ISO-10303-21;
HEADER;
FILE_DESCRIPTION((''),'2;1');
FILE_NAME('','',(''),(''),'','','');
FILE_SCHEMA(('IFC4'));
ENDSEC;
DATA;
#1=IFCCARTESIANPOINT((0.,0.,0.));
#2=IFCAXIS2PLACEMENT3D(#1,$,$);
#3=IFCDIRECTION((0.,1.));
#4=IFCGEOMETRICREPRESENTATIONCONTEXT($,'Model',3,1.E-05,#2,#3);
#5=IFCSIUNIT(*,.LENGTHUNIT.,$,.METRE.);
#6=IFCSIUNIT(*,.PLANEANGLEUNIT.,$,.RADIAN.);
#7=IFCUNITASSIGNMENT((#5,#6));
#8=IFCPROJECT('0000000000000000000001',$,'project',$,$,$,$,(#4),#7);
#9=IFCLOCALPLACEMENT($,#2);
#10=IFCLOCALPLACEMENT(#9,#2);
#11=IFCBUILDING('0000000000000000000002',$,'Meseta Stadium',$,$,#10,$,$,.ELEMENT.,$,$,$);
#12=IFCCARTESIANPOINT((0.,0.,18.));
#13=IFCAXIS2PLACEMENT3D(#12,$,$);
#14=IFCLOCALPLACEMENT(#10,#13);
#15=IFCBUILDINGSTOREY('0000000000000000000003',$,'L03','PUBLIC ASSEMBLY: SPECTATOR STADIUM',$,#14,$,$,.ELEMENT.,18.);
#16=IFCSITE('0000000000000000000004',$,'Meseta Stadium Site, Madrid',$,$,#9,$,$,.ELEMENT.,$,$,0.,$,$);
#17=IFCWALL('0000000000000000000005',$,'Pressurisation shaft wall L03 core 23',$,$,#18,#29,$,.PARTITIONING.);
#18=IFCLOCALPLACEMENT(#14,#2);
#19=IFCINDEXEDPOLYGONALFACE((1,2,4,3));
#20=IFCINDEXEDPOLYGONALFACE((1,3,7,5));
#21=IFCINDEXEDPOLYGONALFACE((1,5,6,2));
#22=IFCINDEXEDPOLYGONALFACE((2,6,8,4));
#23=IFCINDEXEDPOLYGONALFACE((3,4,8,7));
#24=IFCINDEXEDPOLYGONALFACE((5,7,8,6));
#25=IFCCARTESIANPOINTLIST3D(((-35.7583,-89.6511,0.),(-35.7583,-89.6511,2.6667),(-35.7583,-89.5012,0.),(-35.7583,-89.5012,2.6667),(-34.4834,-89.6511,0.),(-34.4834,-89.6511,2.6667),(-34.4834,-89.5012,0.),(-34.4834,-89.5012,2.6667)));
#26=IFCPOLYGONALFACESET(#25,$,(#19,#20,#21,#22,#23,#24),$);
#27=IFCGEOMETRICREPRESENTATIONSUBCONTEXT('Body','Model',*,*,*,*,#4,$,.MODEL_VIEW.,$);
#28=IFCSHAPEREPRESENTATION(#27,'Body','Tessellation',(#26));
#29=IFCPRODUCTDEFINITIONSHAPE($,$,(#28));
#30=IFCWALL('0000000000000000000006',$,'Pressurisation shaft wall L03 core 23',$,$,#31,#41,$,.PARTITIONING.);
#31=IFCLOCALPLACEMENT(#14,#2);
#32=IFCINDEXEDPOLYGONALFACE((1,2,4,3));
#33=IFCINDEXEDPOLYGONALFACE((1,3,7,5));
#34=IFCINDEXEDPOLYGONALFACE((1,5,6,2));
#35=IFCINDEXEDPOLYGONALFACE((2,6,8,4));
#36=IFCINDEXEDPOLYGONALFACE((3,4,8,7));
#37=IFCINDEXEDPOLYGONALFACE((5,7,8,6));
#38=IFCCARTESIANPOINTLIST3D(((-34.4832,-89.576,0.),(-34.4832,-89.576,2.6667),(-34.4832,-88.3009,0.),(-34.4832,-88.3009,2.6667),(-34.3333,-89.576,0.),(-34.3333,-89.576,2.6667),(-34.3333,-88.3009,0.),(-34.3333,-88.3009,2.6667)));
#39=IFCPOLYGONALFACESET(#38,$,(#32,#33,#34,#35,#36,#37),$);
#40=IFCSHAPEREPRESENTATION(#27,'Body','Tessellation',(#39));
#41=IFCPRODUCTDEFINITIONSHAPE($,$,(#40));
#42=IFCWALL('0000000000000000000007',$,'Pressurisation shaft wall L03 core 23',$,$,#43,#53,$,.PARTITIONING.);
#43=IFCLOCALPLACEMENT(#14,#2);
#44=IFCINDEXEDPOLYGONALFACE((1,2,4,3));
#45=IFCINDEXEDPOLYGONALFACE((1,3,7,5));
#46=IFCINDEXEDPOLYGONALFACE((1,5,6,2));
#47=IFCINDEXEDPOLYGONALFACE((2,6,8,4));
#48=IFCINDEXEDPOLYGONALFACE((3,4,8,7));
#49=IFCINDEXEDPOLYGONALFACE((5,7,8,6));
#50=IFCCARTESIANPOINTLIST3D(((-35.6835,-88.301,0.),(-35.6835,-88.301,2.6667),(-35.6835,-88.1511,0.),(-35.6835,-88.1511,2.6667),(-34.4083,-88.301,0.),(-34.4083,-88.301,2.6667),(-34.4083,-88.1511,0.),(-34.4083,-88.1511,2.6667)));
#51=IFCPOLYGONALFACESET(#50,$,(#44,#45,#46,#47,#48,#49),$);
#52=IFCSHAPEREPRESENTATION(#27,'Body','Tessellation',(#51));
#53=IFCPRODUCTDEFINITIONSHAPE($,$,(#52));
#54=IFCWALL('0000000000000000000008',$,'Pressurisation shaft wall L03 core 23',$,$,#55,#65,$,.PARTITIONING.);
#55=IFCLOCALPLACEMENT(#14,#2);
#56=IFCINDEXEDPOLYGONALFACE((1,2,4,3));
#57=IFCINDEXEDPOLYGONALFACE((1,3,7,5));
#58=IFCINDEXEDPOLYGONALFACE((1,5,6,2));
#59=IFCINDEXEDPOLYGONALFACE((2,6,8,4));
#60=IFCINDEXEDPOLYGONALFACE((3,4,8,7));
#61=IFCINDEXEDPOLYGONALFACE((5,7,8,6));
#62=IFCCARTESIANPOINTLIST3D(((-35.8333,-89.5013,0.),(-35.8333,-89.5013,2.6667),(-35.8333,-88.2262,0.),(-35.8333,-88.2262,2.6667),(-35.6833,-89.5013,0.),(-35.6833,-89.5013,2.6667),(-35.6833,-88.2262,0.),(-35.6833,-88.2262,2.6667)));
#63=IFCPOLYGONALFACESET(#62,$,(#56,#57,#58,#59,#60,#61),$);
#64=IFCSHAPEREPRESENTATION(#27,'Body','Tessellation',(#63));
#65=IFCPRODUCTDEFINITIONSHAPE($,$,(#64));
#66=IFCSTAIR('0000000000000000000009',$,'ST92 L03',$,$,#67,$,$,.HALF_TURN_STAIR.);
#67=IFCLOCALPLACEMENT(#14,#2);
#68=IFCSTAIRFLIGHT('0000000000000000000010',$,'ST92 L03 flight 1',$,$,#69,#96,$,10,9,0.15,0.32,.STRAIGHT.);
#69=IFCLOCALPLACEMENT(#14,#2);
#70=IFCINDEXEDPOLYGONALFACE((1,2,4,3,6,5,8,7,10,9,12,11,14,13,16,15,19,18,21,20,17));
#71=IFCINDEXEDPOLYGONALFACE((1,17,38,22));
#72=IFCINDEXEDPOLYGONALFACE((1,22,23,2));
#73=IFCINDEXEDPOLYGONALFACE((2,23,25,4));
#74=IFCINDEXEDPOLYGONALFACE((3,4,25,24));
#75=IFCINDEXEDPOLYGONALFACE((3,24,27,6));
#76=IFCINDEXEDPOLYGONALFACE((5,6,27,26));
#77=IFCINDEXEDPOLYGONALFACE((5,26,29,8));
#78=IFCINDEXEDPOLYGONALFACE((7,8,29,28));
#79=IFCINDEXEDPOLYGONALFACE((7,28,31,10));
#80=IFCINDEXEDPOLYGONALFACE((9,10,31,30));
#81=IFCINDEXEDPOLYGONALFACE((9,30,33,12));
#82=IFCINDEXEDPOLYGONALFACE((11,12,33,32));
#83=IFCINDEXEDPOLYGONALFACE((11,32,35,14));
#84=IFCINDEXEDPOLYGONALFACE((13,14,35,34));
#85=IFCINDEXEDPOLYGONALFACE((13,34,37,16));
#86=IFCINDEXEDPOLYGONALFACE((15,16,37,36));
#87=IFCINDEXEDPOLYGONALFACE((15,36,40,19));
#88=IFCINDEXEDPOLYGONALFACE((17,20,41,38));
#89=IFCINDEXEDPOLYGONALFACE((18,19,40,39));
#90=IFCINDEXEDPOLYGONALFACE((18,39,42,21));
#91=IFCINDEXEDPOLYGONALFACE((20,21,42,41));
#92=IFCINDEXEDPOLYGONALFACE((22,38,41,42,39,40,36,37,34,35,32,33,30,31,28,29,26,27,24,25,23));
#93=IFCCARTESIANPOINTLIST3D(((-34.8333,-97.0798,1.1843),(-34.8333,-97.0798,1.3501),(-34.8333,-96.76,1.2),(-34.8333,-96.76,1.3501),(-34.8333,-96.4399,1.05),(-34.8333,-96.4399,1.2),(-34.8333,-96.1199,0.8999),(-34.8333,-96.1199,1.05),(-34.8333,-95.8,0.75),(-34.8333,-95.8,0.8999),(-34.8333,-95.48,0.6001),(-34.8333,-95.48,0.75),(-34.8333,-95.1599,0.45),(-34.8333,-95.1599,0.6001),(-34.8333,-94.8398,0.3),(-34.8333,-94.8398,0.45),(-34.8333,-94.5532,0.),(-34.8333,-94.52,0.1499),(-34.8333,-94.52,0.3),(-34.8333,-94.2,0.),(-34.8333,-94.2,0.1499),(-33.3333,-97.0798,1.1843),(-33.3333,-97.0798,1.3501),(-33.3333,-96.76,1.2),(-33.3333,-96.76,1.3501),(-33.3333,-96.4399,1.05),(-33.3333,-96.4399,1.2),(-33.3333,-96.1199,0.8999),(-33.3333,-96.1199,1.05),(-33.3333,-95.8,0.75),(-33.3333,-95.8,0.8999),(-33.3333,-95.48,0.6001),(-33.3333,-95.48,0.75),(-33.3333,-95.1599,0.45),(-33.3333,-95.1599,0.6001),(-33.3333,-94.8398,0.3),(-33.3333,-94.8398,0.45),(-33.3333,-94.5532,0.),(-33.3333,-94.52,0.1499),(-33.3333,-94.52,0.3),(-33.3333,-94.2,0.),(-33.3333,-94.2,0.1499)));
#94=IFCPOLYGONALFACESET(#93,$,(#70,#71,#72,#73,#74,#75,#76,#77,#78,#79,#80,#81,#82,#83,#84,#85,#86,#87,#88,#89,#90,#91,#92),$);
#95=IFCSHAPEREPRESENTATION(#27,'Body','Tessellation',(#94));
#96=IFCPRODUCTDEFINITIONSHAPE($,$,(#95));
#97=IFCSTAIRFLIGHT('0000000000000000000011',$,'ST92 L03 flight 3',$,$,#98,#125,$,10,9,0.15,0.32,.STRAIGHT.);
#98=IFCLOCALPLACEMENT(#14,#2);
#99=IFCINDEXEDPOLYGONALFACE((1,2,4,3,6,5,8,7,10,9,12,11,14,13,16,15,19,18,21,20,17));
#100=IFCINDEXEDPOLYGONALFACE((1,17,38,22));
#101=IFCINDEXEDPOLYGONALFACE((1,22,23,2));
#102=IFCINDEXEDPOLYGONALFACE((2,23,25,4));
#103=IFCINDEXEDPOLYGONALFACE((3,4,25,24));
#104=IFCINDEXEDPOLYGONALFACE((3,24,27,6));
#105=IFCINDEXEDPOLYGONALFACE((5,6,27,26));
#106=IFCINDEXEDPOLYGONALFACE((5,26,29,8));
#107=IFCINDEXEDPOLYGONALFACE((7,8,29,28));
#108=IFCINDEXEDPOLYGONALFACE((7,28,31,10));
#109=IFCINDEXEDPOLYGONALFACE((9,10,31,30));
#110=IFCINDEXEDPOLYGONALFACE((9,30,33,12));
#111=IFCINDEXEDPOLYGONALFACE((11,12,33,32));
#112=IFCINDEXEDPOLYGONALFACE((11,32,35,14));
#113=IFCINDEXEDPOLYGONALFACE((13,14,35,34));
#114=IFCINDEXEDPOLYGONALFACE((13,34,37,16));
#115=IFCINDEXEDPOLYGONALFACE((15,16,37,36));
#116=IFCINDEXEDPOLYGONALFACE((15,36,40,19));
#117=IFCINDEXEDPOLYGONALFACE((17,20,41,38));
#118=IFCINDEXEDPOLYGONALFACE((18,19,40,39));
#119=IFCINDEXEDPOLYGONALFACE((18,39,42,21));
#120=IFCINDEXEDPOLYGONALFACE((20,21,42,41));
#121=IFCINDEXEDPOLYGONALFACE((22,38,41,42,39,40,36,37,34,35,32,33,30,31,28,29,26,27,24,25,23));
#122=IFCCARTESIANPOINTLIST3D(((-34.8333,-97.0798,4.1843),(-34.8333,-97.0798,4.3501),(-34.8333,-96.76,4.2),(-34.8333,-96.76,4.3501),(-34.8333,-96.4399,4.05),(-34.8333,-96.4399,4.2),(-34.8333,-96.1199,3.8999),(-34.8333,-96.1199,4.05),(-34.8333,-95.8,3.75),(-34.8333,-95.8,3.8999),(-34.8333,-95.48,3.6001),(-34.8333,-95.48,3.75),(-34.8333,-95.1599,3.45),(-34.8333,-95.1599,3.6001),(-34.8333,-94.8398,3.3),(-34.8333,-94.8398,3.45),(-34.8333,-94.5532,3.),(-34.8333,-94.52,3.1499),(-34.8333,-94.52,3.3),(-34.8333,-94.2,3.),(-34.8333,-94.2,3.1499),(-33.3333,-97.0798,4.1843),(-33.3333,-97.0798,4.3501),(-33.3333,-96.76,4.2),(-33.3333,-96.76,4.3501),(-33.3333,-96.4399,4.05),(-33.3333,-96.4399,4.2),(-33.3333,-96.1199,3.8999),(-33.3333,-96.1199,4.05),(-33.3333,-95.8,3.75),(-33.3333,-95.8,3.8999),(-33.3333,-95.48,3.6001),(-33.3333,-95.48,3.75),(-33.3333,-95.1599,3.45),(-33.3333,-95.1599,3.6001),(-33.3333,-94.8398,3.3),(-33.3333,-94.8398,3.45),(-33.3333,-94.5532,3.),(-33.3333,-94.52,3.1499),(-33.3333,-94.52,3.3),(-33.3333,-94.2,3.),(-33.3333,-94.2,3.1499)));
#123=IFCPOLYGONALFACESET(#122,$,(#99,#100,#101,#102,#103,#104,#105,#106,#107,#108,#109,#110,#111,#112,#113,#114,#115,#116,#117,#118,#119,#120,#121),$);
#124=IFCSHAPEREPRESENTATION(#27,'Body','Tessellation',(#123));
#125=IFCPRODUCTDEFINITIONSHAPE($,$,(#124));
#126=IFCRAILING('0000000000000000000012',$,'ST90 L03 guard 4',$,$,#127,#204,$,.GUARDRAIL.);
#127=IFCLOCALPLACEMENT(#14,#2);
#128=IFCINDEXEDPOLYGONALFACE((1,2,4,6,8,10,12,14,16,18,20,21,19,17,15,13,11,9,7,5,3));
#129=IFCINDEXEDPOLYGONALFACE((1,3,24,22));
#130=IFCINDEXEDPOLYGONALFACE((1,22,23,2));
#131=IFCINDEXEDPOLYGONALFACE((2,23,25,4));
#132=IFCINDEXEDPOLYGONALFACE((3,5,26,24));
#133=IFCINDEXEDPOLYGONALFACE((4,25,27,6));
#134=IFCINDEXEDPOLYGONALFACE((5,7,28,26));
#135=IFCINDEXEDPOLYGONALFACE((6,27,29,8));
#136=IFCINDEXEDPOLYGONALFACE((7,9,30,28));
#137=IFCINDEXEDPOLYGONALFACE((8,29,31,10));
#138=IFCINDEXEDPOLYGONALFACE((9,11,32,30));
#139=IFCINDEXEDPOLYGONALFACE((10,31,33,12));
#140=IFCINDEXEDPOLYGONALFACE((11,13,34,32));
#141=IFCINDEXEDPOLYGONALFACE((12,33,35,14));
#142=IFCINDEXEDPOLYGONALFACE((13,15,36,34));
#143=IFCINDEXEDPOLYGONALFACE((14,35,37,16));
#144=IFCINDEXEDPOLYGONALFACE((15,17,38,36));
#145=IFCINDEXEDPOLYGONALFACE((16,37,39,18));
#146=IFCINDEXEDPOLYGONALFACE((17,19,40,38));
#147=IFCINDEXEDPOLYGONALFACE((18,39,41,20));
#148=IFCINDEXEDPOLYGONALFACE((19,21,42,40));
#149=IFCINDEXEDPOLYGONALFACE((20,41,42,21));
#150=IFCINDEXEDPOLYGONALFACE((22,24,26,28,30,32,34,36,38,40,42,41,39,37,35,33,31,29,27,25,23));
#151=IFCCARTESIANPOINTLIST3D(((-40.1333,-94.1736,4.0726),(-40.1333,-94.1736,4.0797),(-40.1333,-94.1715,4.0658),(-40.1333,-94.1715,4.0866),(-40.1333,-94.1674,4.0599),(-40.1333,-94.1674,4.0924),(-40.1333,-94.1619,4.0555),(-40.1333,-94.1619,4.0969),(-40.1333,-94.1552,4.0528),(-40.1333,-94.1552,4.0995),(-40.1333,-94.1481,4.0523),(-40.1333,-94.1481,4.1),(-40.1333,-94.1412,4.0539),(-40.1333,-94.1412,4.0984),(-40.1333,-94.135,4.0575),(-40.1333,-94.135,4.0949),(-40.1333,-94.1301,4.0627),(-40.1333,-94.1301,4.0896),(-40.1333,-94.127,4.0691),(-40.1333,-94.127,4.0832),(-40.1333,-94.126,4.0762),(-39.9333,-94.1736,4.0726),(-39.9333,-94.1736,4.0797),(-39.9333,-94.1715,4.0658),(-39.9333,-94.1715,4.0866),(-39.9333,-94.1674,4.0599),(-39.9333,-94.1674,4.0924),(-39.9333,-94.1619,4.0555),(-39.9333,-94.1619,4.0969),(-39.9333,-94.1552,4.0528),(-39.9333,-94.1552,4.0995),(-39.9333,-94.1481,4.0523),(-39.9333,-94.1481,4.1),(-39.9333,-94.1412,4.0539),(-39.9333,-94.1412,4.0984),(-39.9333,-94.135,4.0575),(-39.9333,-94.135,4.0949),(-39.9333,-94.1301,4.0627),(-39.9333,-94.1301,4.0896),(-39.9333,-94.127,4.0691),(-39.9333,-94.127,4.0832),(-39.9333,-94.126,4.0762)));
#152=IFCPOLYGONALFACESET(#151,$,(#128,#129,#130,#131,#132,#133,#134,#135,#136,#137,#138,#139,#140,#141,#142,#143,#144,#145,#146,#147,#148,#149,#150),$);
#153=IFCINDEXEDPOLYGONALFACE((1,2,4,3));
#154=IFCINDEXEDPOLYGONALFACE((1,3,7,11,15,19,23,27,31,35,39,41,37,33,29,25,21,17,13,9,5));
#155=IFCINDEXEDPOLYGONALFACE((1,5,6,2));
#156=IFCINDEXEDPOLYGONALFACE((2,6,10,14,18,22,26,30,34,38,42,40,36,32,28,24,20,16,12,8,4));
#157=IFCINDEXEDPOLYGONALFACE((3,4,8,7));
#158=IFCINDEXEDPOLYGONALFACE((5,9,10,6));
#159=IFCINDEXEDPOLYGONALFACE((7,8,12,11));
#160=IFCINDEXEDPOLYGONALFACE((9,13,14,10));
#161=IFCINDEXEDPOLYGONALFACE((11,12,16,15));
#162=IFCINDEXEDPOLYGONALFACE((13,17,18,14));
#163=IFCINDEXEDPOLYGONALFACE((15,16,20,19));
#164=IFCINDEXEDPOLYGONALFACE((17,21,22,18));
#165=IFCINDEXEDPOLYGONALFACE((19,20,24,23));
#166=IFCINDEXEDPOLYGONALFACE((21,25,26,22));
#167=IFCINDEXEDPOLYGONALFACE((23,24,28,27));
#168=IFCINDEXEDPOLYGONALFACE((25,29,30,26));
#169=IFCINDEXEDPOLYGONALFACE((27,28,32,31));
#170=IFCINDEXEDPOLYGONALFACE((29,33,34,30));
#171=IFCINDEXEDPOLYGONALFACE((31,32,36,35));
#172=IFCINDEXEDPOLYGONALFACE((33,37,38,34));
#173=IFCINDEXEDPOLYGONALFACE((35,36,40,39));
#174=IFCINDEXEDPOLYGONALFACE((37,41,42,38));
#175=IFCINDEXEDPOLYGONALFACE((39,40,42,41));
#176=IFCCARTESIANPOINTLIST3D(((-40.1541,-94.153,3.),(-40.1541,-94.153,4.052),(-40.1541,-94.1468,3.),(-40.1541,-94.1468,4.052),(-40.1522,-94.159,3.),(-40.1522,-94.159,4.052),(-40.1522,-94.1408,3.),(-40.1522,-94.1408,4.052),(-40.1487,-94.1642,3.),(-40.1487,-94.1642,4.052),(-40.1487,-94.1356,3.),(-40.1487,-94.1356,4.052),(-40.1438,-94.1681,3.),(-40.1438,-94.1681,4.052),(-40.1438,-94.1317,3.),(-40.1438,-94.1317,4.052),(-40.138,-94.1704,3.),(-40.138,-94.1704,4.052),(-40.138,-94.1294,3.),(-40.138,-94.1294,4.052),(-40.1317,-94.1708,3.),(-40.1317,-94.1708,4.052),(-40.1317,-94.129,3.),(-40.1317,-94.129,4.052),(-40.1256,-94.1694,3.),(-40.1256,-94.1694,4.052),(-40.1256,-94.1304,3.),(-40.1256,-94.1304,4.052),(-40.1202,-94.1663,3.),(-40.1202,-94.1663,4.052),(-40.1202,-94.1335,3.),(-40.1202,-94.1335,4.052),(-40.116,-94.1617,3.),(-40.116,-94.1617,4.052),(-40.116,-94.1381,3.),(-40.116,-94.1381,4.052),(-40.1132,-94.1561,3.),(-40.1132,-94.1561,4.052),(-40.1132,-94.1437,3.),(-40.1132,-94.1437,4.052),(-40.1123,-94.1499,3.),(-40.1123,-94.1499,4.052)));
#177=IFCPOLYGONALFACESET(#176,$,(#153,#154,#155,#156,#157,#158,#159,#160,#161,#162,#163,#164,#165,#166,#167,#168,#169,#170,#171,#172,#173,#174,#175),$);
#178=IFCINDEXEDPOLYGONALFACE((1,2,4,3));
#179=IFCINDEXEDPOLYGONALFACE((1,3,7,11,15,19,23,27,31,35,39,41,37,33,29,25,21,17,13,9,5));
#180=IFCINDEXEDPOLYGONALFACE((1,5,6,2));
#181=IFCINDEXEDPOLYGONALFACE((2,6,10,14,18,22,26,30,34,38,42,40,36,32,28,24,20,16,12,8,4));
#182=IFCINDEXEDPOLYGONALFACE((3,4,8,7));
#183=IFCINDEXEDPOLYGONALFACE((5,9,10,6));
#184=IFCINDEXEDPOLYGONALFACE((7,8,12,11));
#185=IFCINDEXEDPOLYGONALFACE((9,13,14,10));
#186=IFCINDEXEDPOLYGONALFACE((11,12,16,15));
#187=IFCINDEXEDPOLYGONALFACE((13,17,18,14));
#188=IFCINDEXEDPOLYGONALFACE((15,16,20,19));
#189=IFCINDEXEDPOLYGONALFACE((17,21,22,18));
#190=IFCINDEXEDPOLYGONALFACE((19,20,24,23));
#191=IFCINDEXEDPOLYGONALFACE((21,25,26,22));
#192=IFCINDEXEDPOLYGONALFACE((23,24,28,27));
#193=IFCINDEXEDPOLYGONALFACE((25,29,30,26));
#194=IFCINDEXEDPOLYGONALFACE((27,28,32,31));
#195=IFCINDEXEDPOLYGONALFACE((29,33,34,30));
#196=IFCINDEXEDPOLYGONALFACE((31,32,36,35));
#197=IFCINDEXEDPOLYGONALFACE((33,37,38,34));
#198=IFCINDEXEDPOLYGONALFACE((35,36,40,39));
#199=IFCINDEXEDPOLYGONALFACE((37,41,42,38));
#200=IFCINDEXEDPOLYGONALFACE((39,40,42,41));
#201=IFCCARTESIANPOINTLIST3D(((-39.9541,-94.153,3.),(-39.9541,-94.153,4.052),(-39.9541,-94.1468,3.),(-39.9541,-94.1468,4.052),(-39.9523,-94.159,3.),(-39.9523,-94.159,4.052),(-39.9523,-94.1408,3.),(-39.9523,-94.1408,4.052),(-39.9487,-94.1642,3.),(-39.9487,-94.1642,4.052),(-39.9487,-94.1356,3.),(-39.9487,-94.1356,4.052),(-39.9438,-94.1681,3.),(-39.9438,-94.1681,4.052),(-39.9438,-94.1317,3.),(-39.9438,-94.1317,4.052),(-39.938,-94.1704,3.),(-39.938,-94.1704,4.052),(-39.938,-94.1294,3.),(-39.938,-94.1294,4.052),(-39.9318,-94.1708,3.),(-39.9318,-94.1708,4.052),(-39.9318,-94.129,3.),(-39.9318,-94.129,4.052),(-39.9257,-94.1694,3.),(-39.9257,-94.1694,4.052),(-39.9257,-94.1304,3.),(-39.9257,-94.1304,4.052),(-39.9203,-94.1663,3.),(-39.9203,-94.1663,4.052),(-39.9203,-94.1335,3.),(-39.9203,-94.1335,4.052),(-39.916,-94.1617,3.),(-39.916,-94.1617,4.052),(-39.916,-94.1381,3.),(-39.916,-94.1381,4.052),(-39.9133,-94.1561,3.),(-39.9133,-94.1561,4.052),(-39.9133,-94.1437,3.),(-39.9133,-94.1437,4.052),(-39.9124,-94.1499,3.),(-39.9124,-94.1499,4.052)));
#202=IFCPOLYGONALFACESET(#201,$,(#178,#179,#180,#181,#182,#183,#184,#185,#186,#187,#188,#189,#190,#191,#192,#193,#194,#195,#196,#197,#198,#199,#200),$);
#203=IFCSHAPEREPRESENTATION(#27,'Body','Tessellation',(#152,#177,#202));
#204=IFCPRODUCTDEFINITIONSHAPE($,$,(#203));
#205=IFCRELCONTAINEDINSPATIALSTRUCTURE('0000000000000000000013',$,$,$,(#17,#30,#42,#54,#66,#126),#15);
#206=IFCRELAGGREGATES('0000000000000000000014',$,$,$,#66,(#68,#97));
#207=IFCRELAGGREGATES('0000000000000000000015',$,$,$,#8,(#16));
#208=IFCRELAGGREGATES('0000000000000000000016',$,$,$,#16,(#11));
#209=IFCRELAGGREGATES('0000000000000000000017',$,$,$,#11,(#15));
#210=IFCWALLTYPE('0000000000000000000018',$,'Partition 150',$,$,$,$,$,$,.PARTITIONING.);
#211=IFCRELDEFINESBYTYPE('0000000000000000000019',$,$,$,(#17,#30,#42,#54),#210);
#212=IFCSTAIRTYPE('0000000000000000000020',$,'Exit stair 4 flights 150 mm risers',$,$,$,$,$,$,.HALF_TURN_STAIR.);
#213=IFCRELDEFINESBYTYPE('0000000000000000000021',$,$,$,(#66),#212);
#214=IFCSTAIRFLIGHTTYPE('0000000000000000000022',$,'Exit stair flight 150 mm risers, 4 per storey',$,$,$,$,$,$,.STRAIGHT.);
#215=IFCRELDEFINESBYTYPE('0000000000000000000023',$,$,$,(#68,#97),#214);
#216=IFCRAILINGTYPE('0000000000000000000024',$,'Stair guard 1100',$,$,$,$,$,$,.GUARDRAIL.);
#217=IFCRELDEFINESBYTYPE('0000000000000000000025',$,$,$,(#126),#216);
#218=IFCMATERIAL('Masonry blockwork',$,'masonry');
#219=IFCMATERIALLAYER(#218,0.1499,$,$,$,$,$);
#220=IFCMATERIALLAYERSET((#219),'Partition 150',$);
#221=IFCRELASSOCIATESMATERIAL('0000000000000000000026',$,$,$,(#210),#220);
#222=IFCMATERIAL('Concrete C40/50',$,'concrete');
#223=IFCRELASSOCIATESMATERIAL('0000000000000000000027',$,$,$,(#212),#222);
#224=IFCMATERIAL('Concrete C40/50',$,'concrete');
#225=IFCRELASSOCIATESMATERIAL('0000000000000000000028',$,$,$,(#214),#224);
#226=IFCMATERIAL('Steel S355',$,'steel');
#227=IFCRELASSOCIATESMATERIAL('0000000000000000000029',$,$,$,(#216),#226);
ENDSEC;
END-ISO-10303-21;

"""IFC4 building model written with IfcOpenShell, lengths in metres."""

from ifc_helpers import new_model, si_unit, direction, frame, frame_2d, origin, origin_2d, place, context, subcontext, project, spatial, polyline, rectangle, circle, outline, extrude, material, layer, layer_set, type_object, element, aggregate, save


model = new_model("IFC4")

# Units and contexts
model_context = context("Model", 3, precision=1e-05, world=origin(), true_north=direction((0.0, 1.0)))
body_context = subcontext(model_context, "Body", "Model", "MODEL_VIEW")
ifc_project = project(units=[si_unit("LENGTHUNIT", "METRE"), si_unit("PLANEANGLEUNIT", "RADIAN")], contexts=[model_context])

# Site, building, storey
site_placement = place(None, origin())
site = spatial("IfcSite", under=ifc_project, at=site_placement, Name="Meseta Stadium Site, Madrid", CompositionType="ELEMENT", RefElevation=0.0)
building_placement = place(site_placement, origin())
building = spatial("IfcBuilding", under=site, at=building_placement, Name="Meseta Stadium", CompositionType="ELEMENT")
storey_placement = place(building_placement, frame((0.0, 0.0, 18.0)))
storey = spatial("IfcBuildingStorey", under=building, at=storey_placement, Name="L03", Description="PUBLIC ASSEMBLY: SPECTATOR STADIUM", CompositionType="ELEMENT", Elevation=18.0)

# Walls
ifc_material_1 = material(Name="Masonry blockwork", Category="masonry")
ifc_layer_1 = layer(ifc_material_1, 0.1499)
ifc_layer_set_1 = layer_set([ifc_layer_1], Name="Partition 150")
wall_type_1 = type_object("IfcWallType", Name="Partition 150", PredefinedType="PARTITIONING", material=ifc_layer_set_1)
wall_1_placement = place(storey_placement, frame((-35.7583, -89.5762, 0.0), z_axis=(0.0, 0.0, 1.0), x_axis=(1.0, 0.0, 0.0)))
element("IfcWall", 1, at=wall_1_placement, inside=storey, type_object=wall_type_1, Name="Pressurisation shaft wall L03 core 23", PredefinedType="PARTITIONING", context=body_context, shape_type="SweptSolid", body=[
    extrude(rectangle(XDim=1.2749, YDim=0.1499, at=frame_2d((0.6375, 0.0))), origin(), (0.0, 0.0, 1.0), 2.6667),
])
for number, where, z_axis, x_axis, name in (
    (2, (-34.4082, -89.5762, 0.0), (0.0, 0.0, 1.0), (0.0, 1.0, 0.0), "Pressurisation shaft wall L03 core 23"),
    (3, (-34.4082, -88.2261, 0.0), (0.0, 0.0, 1.0), (-1.0, 0.0, 0.0), "Pressurisation shaft wall L03 core 23"),
    (4, (-35.7583, -88.2261, 0.0), (0.0, 0.0, 1.0), (0.0, -1.0, 0.0), "Pressurisation shaft wall L03 core 23"),
):
    element("IfcWall", number, at=place(storey_placement, frame(where, z_axis=z_axis, x_axis=x_axis)), inside=storey, type_object=wall_type_1, Name=name, PredefinedType="PARTITIONING", context=body_context, shape_type="SweptSolid", body=[
        extrude(rectangle(XDim=1.2751, YDim=0.1499, at=frame_2d((0.6377, 0.0))), origin(), (0.0, 0.0, 1.0), 2.6667),
    ])

# Stair, stair flights
ifc_material_2 = material(Name="Concrete C40/50", Category="concrete")
stair_type = type_object("IfcStairType", Name="Exit stair 4 flights 150 mm risers", PredefinedType="HALF_TURN_STAIR", material=ifc_material_2)
stair_placement = place(storey_placement, origin())
stair = element("IfcStair", 5, at=stair_placement, inside=storey, type_object=stair_type, Name="ST92 L03", PredefinedType="HALF_TURN_STAIR")
ifc_material_3 = material(Name="Concrete C40/50", Category="concrete")
stair_flight_type = type_object("IfcStairFlightType", Name="Exit stair flight 150 mm risers, 4 per storey", PredefinedType="STRAIGHT", material=ifc_material_3)
stair_flight_1_placement = place(storey_placement, frame((-34.0833, -94.2, 0.0), z_axis=(0.0, 0.0, 1.0), x_axis=(0.0, -1.0, 0.0)))
stair_flight_1 = element("IfcStairFlight", 6, at=stair_flight_1_placement, type_object=stair_flight_type, Name="ST92 L03 flight 1", NumberOfRisers=10, NumberOfTreads=9, PredefinedType="STRAIGHT", RiserHeight=0.15, TreadLength=0.32, context=body_context, shape_type="SweptSolid", body=[
    extrude(outline(polyline([(0.0, 0.0), (0.0, 0.1499), (0.3201, 0.1499), (0.3201, 0.3), (0.6399, 0.3), (0.6399, 0.45), (0.96, 0.45), (0.96, 0.6001), (1.28, 0.6001), (1.28, 0.75), (1.6001, 0.75), (1.6001, 0.8999), (1.9199, 0.8999), (1.9199, 1.05), (2.24, 1.05), (2.24, 1.2), (2.5601, 1.2), (2.5601, 1.3501), (2.8799, 1.3501), (2.8799, 1.1843), (0.3533, 0.0), (0.0, 0.0)])), frame((0.0, 0.75, 0.0), z_axis=(0.0, -1.0, 0.0), x_axis=(1.0, 0.0, 0.0)), (0.0, 0.0, 1.0), 1.5),
])
stair_flight_2_placement = place(storey_placement, frame((-34.0833, -94.2, 3.0), z_axis=(0.0, 0.0, 1.0), x_axis=(0.0, -1.0, 0.0)))
stair_flight_2 = element("IfcStairFlight", 7, at=stair_flight_2_placement, type_object=stair_flight_type, Name="ST92 L03 flight 3", NumberOfRisers=10, NumberOfTreads=9, PredefinedType="STRAIGHT", RiserHeight=0.15, TreadLength=0.32, context=body_context, shape_type="SweptSolid", body=[
    extrude(outline(polyline([(0.0, 0.0), (0.0, 0.1499), (0.3201, 0.1499), (0.3201, 0.3), (0.6399, 0.3), (0.6399, 0.45), (0.96, 0.45), (0.96, 0.6001), (1.28, 0.6001), (1.28, 0.75), (1.6001, 0.75), (1.6001, 0.8999), (1.9199, 0.8999), (1.9199, 1.05), (2.24, 1.05), (2.24, 1.2), (2.5601, 1.2), (2.5601, 1.3501), (2.8799, 1.3501), (2.8799, 1.1843), (0.3533, 0.0), (0.0, 0.0)])), frame((0.0, 0.75, 0.0), z_axis=(0.0, -1.0, 0.0), x_axis=(1.0, 0.0, 0.0)), (0.0, 0.0, 1.0), 1.5),
])
aggregate(stair, [stair_flight_1, stair_flight_2])

# Railing
ifc_material_4 = material(Name="Steel S355", Category="steel")
railing_type_1 = type_object("IfcRailingType", Name="Stair guard 1100", PredefinedType="GUARDRAIL", material=ifc_material_4)
for number, where, name in (
    (8, (-40.1333, -94.1499, 3.0), "ST90 L03 guard 4"),
):
    element("IfcRailing", number, at=place(storey_placement, frame(where)), inside=storey, type_object=railing_type_1, Name=name, PredefinedType="GUARDRAIL", context=body_context, shape_type="SweptSolid", body=[
        extrude(circle(Radius=0.0239, at=origin_2d()), frame((0.0, 0.0, 1.0762), z_axis=(1.0, 0.0, 0.0), x_axis=(0.0, 1.0, 0.0)), (0.0, 0.0, 1.0), 0.2),
        extrude(circle(Radius=0.021, at=origin_2d()), origin(), (0.0, 0.0, 1.0), 1.052),
        extrude(circle(Radius=0.021, at=origin_2d()), frame((0.2, 0.0, 0.0)), (0.0, 0.0, 1.0), 1.052),
    ])

save(model, "model.ifc")
